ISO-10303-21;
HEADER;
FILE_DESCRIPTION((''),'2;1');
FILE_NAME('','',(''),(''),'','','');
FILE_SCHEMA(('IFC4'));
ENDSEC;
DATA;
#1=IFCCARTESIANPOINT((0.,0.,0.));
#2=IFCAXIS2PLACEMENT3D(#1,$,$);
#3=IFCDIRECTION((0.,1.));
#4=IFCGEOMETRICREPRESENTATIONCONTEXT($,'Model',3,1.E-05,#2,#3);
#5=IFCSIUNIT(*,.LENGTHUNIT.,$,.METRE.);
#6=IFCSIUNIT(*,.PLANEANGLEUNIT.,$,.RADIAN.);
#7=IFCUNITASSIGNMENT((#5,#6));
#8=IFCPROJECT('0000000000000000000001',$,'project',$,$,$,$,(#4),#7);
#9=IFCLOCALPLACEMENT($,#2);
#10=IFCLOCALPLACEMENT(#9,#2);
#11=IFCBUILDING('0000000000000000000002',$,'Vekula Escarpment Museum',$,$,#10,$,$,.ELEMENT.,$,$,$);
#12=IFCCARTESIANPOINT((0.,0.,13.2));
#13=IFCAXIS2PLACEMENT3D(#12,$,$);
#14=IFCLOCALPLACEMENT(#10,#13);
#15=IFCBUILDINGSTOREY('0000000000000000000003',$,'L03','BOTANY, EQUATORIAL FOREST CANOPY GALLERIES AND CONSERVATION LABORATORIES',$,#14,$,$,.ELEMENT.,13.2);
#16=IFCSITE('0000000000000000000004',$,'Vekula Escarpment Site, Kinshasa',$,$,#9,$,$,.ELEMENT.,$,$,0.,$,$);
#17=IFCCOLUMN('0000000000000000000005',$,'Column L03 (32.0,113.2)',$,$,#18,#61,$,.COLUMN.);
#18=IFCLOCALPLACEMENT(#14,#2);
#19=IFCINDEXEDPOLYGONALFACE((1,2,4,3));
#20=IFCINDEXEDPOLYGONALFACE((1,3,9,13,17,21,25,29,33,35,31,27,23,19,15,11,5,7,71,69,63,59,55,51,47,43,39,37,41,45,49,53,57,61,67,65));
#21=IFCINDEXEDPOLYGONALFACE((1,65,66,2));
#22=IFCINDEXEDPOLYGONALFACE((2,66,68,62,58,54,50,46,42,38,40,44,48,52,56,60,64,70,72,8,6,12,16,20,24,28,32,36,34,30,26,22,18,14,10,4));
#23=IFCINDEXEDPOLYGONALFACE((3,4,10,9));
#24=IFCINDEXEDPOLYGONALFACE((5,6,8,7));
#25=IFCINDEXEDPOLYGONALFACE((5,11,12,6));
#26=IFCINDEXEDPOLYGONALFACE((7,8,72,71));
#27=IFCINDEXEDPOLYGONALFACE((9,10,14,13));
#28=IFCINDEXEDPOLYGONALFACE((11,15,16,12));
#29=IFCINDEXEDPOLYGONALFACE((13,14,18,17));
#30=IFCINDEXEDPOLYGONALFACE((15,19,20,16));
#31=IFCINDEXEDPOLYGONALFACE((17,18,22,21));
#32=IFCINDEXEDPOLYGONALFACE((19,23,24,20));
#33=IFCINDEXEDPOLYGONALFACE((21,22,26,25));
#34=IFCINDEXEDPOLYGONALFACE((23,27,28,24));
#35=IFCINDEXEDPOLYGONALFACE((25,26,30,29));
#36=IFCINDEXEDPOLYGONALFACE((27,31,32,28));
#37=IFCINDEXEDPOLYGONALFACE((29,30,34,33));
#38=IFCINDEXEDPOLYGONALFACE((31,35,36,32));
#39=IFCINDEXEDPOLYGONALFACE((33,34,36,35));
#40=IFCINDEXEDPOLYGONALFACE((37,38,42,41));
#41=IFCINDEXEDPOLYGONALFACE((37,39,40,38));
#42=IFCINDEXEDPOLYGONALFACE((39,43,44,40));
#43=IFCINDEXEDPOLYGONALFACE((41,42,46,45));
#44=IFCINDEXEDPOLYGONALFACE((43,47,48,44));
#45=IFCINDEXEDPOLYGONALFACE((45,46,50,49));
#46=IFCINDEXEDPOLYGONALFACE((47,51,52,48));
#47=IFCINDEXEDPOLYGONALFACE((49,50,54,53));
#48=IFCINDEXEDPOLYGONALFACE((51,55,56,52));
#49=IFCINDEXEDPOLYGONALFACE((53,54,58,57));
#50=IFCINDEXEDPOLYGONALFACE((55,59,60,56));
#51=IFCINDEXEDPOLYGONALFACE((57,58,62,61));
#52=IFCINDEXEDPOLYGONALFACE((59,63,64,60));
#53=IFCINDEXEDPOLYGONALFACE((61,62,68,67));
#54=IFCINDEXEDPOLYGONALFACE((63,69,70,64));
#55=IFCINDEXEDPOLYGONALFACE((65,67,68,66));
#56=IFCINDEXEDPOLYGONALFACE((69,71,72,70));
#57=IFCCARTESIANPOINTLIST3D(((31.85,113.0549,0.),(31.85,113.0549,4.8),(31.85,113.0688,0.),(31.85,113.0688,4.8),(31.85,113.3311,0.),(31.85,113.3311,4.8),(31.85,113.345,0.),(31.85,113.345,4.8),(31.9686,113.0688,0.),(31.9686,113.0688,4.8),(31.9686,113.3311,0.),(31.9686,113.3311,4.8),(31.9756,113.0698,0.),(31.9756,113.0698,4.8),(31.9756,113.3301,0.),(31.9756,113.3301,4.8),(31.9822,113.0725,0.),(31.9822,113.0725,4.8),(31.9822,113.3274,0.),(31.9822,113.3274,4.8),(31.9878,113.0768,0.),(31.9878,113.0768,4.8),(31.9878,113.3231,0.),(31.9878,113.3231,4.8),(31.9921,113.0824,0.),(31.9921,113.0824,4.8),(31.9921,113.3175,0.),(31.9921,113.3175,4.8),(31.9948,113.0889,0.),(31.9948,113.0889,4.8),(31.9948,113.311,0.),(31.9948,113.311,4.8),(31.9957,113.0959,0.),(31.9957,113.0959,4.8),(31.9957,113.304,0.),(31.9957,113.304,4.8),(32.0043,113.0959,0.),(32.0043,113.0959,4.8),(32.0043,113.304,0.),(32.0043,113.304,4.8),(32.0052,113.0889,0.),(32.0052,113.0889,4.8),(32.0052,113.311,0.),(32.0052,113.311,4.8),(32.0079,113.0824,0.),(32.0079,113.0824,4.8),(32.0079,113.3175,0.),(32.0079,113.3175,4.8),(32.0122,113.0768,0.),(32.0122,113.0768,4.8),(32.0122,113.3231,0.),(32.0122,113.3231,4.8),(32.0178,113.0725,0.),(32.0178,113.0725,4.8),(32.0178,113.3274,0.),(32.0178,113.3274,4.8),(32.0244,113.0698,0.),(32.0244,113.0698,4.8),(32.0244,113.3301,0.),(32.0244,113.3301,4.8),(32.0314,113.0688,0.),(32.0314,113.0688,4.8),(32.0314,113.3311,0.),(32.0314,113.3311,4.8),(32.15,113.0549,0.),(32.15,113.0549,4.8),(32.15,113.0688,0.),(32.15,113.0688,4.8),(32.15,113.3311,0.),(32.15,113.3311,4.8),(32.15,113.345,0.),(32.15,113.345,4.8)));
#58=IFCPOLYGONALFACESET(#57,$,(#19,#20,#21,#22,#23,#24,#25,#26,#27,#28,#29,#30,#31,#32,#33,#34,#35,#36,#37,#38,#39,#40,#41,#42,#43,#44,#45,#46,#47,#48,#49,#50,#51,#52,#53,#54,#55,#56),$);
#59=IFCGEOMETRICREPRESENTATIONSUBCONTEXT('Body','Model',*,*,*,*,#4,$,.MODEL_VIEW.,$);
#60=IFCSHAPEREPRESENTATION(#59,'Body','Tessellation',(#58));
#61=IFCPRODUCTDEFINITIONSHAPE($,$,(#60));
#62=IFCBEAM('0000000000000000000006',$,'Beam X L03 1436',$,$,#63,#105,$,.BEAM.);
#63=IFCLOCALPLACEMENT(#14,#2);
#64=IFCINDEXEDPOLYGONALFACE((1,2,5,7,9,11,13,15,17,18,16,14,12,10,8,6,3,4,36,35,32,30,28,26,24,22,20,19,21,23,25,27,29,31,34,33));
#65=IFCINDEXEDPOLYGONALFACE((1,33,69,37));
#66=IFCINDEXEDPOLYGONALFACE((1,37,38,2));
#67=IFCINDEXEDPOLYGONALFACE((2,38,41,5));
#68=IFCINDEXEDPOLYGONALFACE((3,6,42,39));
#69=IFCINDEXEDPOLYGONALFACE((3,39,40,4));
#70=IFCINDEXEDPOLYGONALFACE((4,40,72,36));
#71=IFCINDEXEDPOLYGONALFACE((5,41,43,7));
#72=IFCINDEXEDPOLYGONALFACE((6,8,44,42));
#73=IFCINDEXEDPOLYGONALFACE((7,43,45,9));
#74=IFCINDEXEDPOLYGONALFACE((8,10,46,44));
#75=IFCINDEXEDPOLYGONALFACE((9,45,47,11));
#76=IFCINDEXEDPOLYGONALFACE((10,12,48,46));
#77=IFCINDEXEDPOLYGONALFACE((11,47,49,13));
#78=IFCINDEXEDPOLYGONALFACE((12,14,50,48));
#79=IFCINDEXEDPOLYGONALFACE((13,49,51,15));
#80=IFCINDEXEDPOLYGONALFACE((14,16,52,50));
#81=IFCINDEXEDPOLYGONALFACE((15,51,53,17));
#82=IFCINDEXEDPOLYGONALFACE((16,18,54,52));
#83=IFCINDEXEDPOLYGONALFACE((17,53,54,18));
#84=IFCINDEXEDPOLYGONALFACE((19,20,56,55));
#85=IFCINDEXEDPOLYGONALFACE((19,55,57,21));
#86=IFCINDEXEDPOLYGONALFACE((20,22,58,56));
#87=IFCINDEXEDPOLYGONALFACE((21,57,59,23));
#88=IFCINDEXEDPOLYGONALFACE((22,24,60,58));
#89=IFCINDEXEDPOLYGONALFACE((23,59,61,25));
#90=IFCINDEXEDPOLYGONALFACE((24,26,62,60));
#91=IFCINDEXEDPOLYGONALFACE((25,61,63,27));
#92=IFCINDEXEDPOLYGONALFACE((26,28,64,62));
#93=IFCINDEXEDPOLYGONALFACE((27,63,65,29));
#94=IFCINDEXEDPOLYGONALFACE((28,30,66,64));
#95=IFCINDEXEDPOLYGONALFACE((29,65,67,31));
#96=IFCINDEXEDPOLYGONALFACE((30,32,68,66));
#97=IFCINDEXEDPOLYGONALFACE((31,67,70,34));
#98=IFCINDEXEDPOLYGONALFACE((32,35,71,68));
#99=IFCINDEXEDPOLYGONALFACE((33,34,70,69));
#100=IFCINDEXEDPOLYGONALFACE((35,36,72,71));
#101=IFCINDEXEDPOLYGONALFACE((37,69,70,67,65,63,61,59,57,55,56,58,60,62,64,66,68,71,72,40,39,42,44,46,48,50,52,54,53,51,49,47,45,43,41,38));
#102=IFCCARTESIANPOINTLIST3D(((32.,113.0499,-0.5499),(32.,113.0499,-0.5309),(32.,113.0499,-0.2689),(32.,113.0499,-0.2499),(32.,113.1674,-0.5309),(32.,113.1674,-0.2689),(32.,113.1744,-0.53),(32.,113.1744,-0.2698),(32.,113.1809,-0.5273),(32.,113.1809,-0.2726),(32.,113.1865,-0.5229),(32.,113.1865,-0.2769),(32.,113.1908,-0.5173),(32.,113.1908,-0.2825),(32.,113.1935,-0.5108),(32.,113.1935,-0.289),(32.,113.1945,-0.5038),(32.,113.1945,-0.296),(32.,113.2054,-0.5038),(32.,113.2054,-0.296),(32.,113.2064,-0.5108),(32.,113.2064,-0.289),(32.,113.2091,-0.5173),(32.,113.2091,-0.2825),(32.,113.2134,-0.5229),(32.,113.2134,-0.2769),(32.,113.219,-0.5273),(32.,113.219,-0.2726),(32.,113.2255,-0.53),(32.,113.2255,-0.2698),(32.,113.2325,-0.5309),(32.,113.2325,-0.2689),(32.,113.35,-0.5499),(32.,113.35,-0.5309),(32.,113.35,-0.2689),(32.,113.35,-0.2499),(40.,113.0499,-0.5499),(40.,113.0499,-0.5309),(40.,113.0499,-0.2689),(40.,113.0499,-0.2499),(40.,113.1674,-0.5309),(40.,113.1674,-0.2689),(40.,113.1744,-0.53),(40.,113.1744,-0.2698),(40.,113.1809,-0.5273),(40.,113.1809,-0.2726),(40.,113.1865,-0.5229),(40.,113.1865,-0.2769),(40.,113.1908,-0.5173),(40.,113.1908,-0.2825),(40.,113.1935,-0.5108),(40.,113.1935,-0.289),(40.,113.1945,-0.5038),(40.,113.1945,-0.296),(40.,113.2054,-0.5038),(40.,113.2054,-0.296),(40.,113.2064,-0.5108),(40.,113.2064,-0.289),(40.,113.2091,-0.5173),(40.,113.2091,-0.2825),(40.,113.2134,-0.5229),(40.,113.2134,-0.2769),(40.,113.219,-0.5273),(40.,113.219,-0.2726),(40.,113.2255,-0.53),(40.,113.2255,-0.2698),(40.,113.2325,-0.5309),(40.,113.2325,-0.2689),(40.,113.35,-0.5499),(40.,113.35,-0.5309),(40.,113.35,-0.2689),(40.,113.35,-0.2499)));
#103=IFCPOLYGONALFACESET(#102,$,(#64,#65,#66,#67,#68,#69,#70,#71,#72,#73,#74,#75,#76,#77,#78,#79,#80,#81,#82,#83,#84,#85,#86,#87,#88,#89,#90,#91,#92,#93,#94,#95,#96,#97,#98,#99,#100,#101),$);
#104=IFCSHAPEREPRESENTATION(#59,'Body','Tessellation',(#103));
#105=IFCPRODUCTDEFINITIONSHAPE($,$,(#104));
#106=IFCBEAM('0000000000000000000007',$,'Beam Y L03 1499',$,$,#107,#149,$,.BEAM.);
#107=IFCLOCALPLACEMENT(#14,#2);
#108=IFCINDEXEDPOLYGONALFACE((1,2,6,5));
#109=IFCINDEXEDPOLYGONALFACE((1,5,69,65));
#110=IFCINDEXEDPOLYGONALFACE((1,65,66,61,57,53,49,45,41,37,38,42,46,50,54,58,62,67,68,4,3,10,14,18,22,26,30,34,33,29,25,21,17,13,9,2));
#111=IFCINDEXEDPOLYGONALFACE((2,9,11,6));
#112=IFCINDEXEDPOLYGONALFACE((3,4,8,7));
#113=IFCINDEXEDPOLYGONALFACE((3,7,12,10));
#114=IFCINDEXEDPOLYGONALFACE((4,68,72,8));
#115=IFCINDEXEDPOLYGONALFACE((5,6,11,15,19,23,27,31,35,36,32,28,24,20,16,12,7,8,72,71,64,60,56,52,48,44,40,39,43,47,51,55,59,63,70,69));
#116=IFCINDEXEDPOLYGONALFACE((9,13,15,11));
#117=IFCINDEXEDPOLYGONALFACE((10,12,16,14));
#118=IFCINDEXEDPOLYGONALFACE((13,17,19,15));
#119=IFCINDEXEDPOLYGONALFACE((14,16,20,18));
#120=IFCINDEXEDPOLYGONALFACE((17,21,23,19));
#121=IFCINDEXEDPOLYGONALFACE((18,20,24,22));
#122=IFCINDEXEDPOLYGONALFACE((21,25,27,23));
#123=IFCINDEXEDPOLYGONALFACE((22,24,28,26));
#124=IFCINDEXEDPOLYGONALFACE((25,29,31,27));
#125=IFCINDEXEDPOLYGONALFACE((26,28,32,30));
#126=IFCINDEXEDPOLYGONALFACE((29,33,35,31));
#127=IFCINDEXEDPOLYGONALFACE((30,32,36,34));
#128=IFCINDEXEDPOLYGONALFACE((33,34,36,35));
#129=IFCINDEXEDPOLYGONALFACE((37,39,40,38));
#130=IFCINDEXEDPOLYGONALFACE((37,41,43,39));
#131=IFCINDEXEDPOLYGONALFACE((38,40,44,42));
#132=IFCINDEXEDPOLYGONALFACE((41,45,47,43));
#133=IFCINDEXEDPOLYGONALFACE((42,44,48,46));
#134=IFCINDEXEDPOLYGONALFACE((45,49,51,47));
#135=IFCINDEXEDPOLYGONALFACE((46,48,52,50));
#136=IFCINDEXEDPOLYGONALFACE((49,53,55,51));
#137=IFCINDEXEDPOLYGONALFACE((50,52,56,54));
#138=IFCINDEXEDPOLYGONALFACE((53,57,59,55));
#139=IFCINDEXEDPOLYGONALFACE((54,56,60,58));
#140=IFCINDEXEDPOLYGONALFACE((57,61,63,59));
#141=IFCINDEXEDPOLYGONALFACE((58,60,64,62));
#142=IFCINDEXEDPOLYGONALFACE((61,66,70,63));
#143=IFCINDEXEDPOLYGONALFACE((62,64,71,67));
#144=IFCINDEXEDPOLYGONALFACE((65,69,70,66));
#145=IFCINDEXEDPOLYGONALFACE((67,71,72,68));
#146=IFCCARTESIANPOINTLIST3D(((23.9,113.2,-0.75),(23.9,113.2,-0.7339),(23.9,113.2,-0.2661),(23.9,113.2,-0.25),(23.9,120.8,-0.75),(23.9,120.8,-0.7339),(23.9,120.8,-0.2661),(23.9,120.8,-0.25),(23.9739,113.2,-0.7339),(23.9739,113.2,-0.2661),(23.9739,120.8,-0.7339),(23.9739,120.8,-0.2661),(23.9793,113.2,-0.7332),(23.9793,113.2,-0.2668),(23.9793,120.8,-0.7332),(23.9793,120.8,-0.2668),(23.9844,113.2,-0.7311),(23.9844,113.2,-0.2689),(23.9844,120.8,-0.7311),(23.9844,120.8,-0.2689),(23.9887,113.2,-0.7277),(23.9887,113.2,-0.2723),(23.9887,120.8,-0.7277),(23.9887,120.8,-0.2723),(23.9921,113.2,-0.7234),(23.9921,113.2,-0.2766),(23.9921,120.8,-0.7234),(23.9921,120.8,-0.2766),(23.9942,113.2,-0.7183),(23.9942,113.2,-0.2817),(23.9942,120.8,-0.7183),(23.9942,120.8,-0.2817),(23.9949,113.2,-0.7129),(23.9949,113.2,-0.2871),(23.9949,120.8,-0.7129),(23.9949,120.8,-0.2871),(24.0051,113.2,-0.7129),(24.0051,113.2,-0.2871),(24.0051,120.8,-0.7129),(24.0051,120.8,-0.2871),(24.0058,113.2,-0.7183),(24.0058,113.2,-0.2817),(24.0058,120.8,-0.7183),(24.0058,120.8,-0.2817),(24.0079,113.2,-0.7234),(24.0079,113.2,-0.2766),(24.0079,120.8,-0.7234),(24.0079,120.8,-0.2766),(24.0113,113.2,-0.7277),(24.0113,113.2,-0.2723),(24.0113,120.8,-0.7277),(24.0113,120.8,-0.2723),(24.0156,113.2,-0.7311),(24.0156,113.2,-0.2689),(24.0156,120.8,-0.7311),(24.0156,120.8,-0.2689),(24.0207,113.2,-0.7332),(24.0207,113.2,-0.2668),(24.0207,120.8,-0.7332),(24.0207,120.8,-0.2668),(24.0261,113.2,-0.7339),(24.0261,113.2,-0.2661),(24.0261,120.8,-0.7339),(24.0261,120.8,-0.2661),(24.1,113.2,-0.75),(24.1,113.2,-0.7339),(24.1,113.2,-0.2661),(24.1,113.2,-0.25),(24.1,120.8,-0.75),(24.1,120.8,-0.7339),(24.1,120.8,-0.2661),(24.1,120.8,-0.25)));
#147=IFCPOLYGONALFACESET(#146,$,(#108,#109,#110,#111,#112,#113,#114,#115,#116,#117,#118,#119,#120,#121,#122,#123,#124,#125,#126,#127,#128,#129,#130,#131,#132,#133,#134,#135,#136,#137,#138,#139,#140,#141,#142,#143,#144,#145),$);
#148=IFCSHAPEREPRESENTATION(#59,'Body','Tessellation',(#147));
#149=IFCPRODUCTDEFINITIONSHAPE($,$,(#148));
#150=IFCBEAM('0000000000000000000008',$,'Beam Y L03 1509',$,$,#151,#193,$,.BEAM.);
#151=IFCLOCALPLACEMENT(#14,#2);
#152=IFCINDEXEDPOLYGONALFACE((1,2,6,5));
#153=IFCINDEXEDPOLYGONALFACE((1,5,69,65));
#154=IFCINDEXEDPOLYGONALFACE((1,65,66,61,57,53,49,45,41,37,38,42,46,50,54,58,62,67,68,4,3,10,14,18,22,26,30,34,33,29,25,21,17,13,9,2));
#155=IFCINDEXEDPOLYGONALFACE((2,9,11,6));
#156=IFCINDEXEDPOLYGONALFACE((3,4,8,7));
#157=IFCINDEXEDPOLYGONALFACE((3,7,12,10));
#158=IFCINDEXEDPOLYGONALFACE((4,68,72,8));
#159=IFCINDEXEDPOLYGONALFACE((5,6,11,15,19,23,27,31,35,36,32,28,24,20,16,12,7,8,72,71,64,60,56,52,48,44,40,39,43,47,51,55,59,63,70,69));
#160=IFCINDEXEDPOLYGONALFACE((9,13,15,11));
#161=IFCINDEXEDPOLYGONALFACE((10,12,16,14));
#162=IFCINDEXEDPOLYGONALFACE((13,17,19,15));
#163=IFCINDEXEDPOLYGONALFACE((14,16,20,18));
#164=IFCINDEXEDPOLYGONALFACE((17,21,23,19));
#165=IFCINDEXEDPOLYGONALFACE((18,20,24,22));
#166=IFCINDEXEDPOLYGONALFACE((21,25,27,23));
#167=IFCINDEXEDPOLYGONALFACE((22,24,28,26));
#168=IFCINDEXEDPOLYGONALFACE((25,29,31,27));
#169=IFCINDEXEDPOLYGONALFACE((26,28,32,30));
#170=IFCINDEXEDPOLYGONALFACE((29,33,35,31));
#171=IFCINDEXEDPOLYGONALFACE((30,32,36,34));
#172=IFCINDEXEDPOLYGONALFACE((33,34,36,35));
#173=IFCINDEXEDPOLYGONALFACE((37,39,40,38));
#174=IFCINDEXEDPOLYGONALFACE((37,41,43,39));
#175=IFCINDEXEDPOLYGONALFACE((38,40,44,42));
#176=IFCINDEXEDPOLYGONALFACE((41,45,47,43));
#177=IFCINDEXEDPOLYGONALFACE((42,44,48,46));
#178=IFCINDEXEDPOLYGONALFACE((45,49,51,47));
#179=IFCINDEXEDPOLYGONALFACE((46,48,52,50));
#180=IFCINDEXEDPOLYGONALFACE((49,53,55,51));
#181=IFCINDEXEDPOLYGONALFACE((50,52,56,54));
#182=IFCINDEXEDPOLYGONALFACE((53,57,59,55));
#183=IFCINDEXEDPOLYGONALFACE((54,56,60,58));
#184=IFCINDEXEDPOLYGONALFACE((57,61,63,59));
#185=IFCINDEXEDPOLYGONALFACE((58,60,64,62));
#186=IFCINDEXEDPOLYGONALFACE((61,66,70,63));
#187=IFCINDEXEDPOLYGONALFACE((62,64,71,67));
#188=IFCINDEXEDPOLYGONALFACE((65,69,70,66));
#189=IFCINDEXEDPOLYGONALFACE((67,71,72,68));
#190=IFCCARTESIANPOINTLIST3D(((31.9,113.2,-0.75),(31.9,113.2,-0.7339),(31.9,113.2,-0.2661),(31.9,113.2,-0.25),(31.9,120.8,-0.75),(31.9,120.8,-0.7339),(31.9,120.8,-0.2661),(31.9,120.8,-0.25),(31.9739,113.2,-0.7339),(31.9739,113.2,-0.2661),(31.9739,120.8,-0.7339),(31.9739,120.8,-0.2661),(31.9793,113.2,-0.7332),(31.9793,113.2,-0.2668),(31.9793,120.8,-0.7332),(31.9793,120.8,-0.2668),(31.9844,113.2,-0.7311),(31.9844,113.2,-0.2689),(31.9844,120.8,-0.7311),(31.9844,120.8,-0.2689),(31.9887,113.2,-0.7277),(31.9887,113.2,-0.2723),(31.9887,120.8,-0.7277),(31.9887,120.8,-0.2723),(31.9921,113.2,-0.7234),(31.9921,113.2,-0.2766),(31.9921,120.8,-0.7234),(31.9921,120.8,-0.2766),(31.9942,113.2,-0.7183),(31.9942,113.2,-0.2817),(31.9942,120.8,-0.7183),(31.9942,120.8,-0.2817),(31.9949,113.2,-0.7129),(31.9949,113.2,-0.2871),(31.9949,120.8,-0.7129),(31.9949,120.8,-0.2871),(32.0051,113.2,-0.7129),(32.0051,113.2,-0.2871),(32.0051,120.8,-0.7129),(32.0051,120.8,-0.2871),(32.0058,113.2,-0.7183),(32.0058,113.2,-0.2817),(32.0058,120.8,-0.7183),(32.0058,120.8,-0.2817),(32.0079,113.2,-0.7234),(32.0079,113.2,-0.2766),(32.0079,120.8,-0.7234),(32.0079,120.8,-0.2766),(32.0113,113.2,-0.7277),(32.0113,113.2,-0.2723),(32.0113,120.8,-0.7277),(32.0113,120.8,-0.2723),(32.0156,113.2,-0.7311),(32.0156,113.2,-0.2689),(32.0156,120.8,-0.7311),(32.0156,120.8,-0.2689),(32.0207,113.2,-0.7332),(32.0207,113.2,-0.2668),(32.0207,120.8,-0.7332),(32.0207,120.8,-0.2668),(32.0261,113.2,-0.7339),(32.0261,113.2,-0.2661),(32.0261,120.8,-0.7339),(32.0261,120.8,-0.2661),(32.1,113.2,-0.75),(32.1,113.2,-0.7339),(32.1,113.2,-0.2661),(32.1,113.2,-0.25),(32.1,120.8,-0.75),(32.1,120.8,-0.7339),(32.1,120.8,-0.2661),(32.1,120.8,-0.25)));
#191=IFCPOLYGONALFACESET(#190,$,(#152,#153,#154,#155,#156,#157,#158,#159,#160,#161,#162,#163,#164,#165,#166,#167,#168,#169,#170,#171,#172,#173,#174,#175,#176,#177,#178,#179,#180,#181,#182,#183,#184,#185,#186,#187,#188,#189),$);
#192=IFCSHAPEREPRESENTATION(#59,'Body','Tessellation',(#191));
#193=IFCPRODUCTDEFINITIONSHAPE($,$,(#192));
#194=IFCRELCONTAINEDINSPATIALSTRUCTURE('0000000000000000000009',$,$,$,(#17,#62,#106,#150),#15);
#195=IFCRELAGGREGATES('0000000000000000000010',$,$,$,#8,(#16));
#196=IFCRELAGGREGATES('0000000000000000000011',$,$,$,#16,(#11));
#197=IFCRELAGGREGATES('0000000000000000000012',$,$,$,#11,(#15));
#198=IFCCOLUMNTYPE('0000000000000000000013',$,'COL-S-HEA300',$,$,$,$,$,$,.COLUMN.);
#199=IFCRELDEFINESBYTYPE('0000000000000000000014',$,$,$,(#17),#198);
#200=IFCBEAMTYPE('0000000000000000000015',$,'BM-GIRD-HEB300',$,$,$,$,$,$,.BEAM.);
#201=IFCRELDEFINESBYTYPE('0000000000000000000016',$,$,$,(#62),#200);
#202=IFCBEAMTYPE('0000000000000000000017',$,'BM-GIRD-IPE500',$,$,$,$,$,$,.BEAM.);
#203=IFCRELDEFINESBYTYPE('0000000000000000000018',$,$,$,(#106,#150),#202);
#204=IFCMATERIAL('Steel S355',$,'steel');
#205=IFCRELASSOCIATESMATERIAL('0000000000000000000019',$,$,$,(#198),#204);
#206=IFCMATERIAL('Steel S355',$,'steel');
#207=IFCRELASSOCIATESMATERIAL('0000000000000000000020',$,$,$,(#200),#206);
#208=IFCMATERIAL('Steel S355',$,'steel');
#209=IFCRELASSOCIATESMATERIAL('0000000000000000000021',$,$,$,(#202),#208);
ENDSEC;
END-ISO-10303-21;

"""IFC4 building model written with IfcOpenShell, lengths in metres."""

from ifc_helpers import new_model, si_unit, direction, frame, origin, origin_2d, place, context, subcontext, project, spatial, i_section, extrude, material, material_profile, profile_set, type_object, element, save


model = new_model("IFC4")

# Units and contexts
model_context = context("Model", 3, precision=1e-05, world=origin(), true_north=direction((0.0, 1.0)))
body_context = subcontext(model_context, "Body", "Model", "MODEL_VIEW")
ifc_project = project(units=[si_unit("LENGTHUNIT", "METRE"), si_unit("PLANEANGLEUNIT", "RADIAN")], contexts=[model_context])

# Site, building, storey
site_placement = place(None, origin())
site = spatial("IfcSite", under=ifc_project, at=site_placement, Name="Vekula Escarpment Site, Kinshasa", CompositionType="ELEMENT", RefElevation=0.0)
building_placement = place(site_placement, origin())
building = spatial("IfcBuilding", under=site, at=building_placement, Name="Vekula Escarpment Museum", CompositionType="ELEMENT")
storey_placement = place(building_placement, frame((0.0, 0.0, 13.2)))
storey = spatial("IfcBuildingStorey", under=building, at=storey_placement, Name="L03", Description="BOTANY, EQUATORIAL FOREST CANOPY GALLERIES AND CONSERVATION LABORATORIES", CompositionType="ELEMENT", Elevation=13.2)

# Column
ifc_material_1 = material(Name="Steel S355", Category="steel")
ifc_material_profile_1 = material_profile(ifc_material_1, i_section(OverallWidth=0.3, OverallDepth=0.29, WebThickness=0.0085, FlangeThickness=0.0139, FilletRadius=0.0271, at=origin_2d()), Name="HEA 300")
ifc_profile_set_1 = profile_set([ifc_material_profile_1], Name="Steel S355")
column_type = type_object("IfcColumnType", Name="COL-S-HEA300", PredefinedType="COLUMN", material=ifc_profile_set_1)
column_placement = place(storey_placement, frame((32.0, 113.2, 0.0), z_axis=(0.0, 0.0, 1.0), x_axis=(1.0, 0.0, 0.0)))
element("IfcColumn", 1, at=column_placement, inside=storey, type_object=column_type, Name="Column L03 (32.0,113.2)", PredefinedType="COLUMN", context=body_context, shape_type="SweptSolid", body=[
    extrude(i_section(OverallWidth=0.3, OverallDepth=0.29, WebThickness=0.0085, FlangeThickness=0.0139, FilletRadius=0.0271, at=origin_2d()), origin(), (0.0, 0.0, 1.0), 4.8),
])

# Beams
ifc_material_2 = material(Name="Steel S355", Category="steel")
ifc_material_profile_2 = material_profile(ifc_material_2, i_section(OverallWidth=0.3, OverallDepth=0.3, WebThickness=0.011, FlangeThickness=0.019, FilletRadius=0.0271, at=origin_2d()), Name="HEB 300")
ifc_profile_set_2 = profile_set([ifc_material_profile_2], Name="Steel S355")
beam_type_1 = type_object("IfcBeamType", Name="BM-GIRD-HEB300", PredefinedType="BEAM", material=ifc_profile_set_2)
beam_1_placement = place(storey_placement, frame((32.0, 113.2, -0.3999), z_axis=(1.0, 0.0, 0.0), x_axis=(0.0, 1.0, 0.0)))
element("IfcBeam", 2, at=beam_1_placement, inside=storey, type_object=beam_type_1, Name="Beam X L03 1436", PredefinedType="BEAM", context=body_context, shape_type="SweptSolid", body=[
    extrude(i_section(OverallWidth=0.3, OverallDepth=0.3, WebThickness=0.011, FlangeThickness=0.019, FilletRadius=0.0271, at=origin_2d()), origin(), (0.0, 0.0, 1.0), 8.0),
])
ifc_material_3 = material(Name="Steel S355", Category="steel")
ifc_material_profile_3 = material_profile(ifc_material_3, i_section(OverallWidth=0.2, OverallDepth=0.5, WebThickness=0.0103, FlangeThickness=0.0161, FilletRadius=0.021, at=origin_2d()), Name="IPE 500")
ifc_profile_set_3 = profile_set([ifc_material_profile_3], Name="Steel S355")
beam_type_2 = type_object("IfcBeamType", Name="BM-GIRD-IPE500", PredefinedType="BEAM", material=ifc_profile_set_3)
for number, where, z_axis, x_axis, name in (
    (3, (24.0, 113.2, -0.5), (0.0, 1.0, 0.0), (-1.0, 0.0, 0.0), "Beam Y L03 1499"),
    (4, (32.0, 113.2, -0.5), (0.0, 1.0, 0.0), (-1.0, 0.0, 0.0), "Beam Y L03 1509"),
):
    element("IfcBeam", number, at=place(storey_placement, frame(where, z_axis=z_axis, x_axis=x_axis)), inside=storey, type_object=beam_type_2, Name=name, PredefinedType="BEAM", context=body_context, shape_type="SweptSolid", body=[
        extrude(i_section(OverallWidth=0.2, OverallDepth=0.5, WebThickness=0.0103, FlangeThickness=0.0161, FilletRadius=0.021, at=origin_2d()), origin(), (0.0, 0.0, 1.0), 7.6001),
    ])

save(model, "model.ifc")
